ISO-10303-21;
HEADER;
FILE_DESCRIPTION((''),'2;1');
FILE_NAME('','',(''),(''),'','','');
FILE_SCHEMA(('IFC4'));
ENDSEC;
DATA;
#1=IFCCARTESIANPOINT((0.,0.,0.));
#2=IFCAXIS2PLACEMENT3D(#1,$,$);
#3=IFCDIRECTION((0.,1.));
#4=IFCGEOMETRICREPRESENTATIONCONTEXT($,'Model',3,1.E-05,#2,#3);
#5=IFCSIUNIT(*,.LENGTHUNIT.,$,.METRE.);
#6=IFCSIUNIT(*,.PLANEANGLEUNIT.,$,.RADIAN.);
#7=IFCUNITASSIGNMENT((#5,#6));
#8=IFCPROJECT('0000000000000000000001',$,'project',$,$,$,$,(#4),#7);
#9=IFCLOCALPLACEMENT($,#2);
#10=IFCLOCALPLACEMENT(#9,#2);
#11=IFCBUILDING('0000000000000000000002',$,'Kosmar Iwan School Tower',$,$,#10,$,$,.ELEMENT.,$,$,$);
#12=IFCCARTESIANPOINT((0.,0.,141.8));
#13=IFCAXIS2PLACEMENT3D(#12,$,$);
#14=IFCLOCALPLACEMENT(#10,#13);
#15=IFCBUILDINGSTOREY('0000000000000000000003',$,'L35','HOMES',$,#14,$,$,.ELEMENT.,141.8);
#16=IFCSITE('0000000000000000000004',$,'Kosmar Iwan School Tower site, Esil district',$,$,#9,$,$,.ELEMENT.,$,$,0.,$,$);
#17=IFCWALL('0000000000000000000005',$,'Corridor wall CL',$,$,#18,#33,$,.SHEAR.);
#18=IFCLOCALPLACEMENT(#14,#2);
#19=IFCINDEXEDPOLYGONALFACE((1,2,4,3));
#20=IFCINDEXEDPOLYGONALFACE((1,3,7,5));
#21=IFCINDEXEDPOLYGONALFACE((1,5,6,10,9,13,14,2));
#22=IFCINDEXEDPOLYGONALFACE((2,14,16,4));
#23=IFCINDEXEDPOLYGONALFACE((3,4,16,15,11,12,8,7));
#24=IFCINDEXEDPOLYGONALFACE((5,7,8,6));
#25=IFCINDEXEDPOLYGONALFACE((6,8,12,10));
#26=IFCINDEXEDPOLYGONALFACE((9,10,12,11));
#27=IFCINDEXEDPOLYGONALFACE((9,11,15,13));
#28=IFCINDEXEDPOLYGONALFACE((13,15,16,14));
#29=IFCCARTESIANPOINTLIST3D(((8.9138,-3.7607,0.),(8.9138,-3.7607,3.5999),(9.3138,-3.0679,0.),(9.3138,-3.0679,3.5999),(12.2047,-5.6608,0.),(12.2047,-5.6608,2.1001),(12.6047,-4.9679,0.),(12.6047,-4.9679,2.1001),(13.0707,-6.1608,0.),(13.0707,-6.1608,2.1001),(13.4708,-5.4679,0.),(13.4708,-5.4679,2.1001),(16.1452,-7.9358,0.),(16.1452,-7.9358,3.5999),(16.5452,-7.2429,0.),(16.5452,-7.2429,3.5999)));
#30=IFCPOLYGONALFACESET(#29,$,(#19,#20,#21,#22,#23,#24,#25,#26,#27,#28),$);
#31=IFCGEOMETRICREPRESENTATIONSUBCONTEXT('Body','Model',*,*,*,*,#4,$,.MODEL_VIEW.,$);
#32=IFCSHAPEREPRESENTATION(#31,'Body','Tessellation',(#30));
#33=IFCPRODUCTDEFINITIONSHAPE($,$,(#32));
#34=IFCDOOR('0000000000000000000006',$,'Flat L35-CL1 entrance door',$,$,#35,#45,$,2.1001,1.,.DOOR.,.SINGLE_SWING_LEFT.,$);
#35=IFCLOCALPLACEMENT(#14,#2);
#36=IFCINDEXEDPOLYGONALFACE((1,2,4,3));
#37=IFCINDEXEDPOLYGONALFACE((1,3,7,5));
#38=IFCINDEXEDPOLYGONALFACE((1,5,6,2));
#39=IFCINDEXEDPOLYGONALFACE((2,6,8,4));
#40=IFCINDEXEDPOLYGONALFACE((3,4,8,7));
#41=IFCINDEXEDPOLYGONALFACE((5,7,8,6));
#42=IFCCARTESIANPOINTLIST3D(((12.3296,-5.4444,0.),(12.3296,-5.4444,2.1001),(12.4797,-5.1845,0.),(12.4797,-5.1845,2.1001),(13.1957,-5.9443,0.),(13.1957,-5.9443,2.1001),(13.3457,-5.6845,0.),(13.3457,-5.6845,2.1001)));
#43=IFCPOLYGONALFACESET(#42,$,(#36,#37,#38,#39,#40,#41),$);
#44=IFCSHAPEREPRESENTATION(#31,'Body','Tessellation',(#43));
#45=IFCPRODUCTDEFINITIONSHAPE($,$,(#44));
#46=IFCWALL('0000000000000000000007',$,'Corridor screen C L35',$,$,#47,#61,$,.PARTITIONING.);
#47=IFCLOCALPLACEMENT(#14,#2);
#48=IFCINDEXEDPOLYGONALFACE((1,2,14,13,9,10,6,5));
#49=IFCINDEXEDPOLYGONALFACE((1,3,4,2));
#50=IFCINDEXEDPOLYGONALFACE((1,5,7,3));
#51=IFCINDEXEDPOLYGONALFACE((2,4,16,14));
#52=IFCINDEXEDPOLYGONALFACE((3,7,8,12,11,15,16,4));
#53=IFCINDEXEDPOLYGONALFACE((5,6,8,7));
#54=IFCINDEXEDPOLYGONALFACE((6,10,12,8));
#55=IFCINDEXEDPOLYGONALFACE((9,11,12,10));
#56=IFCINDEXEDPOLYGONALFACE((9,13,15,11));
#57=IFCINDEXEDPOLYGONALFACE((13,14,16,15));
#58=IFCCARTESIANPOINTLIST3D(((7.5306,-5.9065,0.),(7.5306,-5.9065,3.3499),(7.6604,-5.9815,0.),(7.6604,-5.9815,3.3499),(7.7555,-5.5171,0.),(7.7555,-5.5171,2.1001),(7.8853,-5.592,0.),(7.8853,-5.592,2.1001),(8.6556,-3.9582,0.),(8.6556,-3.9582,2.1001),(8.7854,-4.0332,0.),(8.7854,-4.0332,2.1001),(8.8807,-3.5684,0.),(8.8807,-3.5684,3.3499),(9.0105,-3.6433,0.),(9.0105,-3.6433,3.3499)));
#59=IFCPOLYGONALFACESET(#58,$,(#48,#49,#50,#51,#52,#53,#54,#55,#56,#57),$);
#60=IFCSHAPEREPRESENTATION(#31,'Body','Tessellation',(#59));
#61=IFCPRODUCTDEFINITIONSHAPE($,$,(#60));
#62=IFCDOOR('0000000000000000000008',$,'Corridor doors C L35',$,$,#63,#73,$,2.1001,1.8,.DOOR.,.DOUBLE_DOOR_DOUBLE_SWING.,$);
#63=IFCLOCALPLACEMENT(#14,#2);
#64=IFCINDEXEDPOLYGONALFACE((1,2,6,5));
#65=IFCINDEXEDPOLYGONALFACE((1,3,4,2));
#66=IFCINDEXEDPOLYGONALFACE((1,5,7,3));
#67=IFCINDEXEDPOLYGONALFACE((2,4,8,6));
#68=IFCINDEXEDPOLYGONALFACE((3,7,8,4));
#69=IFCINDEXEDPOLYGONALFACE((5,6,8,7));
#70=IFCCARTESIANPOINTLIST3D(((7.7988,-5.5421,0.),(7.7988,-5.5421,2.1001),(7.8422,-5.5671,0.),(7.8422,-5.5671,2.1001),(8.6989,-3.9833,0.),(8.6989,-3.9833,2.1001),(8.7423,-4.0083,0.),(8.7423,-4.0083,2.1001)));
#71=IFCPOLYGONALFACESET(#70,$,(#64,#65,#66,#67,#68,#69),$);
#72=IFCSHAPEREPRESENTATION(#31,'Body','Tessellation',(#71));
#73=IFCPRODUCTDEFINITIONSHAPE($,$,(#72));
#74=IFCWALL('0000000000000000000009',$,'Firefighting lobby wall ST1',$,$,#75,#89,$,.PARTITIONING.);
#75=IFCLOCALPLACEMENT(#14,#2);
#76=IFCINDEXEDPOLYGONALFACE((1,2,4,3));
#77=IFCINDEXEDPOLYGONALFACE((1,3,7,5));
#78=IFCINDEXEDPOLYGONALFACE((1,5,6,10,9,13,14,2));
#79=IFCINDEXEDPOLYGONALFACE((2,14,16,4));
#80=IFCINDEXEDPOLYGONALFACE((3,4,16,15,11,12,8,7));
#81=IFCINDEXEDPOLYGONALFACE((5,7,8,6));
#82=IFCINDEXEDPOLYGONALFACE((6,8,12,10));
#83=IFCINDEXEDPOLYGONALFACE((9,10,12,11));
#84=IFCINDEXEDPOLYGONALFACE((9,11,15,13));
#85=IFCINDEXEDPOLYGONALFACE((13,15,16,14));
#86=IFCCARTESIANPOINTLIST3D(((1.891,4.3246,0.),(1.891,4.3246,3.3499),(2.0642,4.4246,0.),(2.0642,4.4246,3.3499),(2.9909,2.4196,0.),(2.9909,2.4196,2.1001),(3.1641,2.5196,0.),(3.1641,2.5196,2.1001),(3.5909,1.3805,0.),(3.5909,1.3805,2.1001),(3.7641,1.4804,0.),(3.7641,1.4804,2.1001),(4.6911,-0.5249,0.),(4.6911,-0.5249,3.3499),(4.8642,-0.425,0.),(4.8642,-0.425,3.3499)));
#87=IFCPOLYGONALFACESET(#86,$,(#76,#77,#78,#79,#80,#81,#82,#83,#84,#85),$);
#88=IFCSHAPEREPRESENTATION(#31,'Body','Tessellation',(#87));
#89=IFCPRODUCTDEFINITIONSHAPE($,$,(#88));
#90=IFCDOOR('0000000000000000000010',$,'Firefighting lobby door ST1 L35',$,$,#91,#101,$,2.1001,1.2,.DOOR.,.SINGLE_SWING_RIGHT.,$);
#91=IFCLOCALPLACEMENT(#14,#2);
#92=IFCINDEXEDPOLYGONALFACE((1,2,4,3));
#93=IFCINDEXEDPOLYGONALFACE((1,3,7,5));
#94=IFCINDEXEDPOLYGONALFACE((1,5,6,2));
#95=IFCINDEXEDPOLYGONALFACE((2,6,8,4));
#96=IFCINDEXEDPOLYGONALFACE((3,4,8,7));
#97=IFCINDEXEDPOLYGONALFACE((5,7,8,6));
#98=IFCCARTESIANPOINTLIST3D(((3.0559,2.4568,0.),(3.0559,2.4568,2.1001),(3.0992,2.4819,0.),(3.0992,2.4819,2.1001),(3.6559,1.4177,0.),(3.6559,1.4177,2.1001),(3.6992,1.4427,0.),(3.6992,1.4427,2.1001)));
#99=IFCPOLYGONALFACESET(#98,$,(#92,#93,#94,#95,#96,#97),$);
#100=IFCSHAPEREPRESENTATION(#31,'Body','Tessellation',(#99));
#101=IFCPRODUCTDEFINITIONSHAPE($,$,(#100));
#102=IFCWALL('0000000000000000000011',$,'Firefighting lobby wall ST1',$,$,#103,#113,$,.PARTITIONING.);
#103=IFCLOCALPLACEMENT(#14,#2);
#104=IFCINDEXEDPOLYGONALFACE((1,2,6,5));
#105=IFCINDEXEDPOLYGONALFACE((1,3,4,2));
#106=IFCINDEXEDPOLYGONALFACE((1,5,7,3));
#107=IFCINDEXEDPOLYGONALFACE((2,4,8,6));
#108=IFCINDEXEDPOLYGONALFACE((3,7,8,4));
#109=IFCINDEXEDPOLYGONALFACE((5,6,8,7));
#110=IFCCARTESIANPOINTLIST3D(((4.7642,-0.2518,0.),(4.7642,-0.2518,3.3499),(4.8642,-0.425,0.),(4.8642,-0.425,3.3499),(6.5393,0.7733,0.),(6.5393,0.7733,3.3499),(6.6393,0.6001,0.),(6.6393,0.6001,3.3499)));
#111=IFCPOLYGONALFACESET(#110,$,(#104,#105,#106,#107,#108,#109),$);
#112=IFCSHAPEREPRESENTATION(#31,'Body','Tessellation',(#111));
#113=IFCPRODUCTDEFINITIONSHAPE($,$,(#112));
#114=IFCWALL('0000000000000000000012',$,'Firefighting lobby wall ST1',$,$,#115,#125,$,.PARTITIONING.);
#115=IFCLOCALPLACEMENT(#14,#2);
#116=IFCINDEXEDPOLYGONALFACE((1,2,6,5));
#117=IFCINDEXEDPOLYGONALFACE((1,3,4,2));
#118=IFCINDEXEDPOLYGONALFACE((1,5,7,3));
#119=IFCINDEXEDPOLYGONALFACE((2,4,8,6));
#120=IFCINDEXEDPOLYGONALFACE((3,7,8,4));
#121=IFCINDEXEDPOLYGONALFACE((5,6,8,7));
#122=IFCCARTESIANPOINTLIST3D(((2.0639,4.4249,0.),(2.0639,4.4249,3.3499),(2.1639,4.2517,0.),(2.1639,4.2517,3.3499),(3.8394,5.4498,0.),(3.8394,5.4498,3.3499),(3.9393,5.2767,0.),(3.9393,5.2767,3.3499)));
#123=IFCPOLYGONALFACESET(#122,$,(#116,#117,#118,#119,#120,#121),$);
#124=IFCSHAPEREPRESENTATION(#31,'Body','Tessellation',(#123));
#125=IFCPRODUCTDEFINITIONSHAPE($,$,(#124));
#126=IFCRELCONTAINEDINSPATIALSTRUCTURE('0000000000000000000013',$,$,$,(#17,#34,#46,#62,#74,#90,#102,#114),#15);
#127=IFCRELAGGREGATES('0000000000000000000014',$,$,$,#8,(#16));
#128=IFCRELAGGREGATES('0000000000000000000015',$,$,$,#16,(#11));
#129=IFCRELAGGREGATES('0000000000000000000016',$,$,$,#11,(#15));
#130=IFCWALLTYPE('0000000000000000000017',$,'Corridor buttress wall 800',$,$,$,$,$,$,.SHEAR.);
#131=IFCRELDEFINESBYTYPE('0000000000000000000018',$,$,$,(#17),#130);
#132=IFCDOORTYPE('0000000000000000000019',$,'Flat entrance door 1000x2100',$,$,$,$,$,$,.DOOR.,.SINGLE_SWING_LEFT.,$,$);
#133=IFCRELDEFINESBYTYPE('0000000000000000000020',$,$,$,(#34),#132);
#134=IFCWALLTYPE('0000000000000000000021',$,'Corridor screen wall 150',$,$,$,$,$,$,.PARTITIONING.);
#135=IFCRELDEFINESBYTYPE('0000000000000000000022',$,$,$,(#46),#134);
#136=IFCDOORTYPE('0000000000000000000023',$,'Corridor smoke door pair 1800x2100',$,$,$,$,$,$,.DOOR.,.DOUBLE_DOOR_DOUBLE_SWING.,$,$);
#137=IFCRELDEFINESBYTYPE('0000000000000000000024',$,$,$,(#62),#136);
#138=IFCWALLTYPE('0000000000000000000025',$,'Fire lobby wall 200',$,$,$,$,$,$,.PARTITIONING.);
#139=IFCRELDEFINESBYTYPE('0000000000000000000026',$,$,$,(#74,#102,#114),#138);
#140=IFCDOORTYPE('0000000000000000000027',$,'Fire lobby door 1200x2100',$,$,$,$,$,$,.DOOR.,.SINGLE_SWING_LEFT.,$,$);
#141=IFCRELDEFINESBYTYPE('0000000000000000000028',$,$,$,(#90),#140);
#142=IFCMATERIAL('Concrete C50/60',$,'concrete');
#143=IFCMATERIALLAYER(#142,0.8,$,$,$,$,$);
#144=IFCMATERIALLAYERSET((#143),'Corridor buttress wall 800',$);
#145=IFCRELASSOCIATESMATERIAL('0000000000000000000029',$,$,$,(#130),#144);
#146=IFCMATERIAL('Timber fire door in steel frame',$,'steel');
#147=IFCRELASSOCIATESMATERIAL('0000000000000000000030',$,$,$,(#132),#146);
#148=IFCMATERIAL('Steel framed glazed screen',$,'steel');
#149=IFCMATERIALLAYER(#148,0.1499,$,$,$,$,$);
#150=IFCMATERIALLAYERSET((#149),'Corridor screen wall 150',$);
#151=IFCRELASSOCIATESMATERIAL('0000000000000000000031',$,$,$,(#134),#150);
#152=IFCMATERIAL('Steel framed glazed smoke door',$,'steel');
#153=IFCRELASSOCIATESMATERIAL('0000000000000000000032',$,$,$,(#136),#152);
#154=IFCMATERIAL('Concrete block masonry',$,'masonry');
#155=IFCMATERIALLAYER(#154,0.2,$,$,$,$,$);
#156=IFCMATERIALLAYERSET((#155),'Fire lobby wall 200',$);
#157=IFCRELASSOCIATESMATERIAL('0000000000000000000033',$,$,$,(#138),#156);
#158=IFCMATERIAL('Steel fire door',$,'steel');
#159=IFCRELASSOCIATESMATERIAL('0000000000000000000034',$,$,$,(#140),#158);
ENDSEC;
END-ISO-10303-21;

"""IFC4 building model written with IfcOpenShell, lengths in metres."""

from ifc_helpers import new_model, si_unit, direction, frame, frame_2d, origin, place, context, subcontext, project, spatial, rectangle, extrude, material, layer, layer_set, type_object, element, fill, save


model = new_model("IFC4")

# Units and contexts
model_context = context("Model", 3, precision=1e-05, world=origin(), true_north=direction((0.0, 1.0)))
body_context = subcontext(model_context, "Body", "Model", "MODEL_VIEW")
ifc_project = project(units=[si_unit("LENGTHUNIT", "METRE"), si_unit("PLANEANGLEUNIT", "RADIAN")], contexts=[model_context])

# Site, building, storey
site_placement = place(None, origin())
site = spatial("IfcSite", under=ifc_project, at=site_placement, Name="Kosmar Iwan School Tower site, Esil district", CompositionType="ELEMENT", RefElevation=0.0)
building_placement = place(site_placement, origin())
building = spatial("IfcBuilding", under=site, at=building_placement, Name="Kosmar Iwan School Tower", CompositionType="ELEMENT")
storey_placement = place(building_placement, frame((0.0, 0.0, 141.8)))
storey = spatial("IfcBuildingStorey", under=building, at=storey_placement, Name="L35", Description="HOMES", CompositionType="ELEMENT", Elevation=141.8)

# Walls, openings, doors
ifc_material_1 = material(Name="Concrete C50/60", Category="concrete")
ifc_layer_1 = layer(ifc_material_1, 0.8)
ifc_layer_set_1 = layer_set([ifc_layer_1], Name="Corridor buttress wall 800")
wall_type_1 = type_object("IfcWallType", Name="Corridor buttress wall 800", PredefinedType="SHEAR", material=ifc_layer_set_1)
wall_1_placement = place(storey_placement, frame((9.1138, -3.4143, 0.0), z_axis=(0.0, 0.0, 1.0), x_axis=(0.866027, -0.499997, 0.0)))
wall_1 = element("IfcWall", 1, at=wall_1_placement, inside=storey, type_object=wall_type_1, Name="Corridor wall CL", PredefinedType="SHEAR", context=body_context, shape_type="SweptSolid", body=[
    extrude(rectangle(XDim=8.3501, YDim=0.8, at=frame_2d((4.175, 0.0))), origin(), (0.0, 0.0, 1.0), 3.5999),
])
opening_1_placement = place(wall_1_placement, frame((3.8, 0.0, 0.0)))
opening_1 = element("IfcOpeningElement", 2, at=opening_1_placement, cuts=wall_1, PredefinedType="OPENING", context=body_context, shape_type="SweptSolid", body=[
    extrude(rectangle(XDim=1.0, YDim=2.1001, at=frame_2d((0.5, 1.05))), frame((0.0, 0.4121, 0.0), z_axis=(0.0, -1.0, 0.0), x_axis=(1.0, 0.0, 0.0)), (0.0, 0.0, 1.0), 0.824),
])
ifc_material_2 = material(Name="Timber fire door in steel frame", Category="steel")
door_type_1 = type_object("IfcDoorType", Name="Flat entrance door 1000x2100", OperationType="SINGLE_SWING_LEFT", PredefinedType="DOOR", material=ifc_material_2)
door_1_placement = place(opening_1_placement, origin())
door_1 = element("IfcDoor", 3, at=door_1_placement, inside=storey, type_object=door_type_1, Name="Flat L35-CL1 entrance door", OperationType="SINGLE_SWING_LEFT", OverallHeight=2.1001, OverallWidth=1.0, PredefinedType="DOOR", context=body_context, shape_type="SweptSolid", body=[
    extrude(rectangle(XDim=1.0, YDim=2.1001, at=frame_2d((0.5, 1.05))), frame((0.0, 0.1499, 0.0), z_axis=(0.0, -1.0, 0.0), x_axis=(1.0, 0.0, 0.0)), (0.0, 0.0, 1.0), 0.3),
])
fill(opening_1, door_1)
ifc_material_3 = material(Name="Steel framed glazed screen", Category="steel")
ifc_layer_2 = layer(ifc_material_3, 0.1499)
ifc_layer_set_2 = layer_set([ifc_layer_2], Name="Corridor screen wall 150")
wall_type_2 = type_object("IfcWallType", Name="Corridor screen wall 150", PredefinedType="PARTITIONING", material=ifc_layer_set_2)
wall_2_placement = place(storey_placement, frame((7.5955, -5.9441, 0.0), z_axis=(0.0, 0.0, 1.0), x_axis=(0.500049, 0.865997, 0.0)))
wall_2 = element("IfcWall", 4, at=wall_2_placement, inside=storey, type_object=wall_type_2, Name="Corridor screen C L35", PredefinedType="PARTITIONING", context=body_context, shape_type="SweptSolid", body=[
    extrude(rectangle(XDim=2.7, YDim=0.1499, at=frame_2d((1.3501, 0.0))), origin(), (0.0, 0.0, 1.0), 3.3499),
])
opening_2_placement = place(wall_2_placement, frame((0.45, 0.0, 0.0)))
opening_2 = element("IfcOpeningElement", 5, at=opening_2_placement, cuts=wall_2, PredefinedType="OPENING", context=body_context, shape_type="SweptSolid", body=[
    extrude(rectangle(XDim=1.8, YDim=2.1001, at=frame_2d((0.8999, 1.05))), frame((0.0, 0.0869, 0.0), z_axis=(0.0, -1.0, 0.0), x_axis=(1.0, 0.0, 0.0)), (0.0, 0.0, 1.0), 0.1738),
])
ifc_material_4 = material(Name="Steel framed glazed smoke door", Category="steel")
door_type_2 = type_object("IfcDoorType", Name="Corridor smoke door pair 1800x2100", OperationType="DOUBLE_DOOR_DOUBLE_SWING", PredefinedType="DOOR", material=ifc_material_4)
door_2_placement = place(opening_2_placement, origin())
door_2 = element("IfcDoor", 6, at=door_2_placement, inside=storey, type_object=door_type_2, Name="Corridor doors C L35", OperationType="DOUBLE_DOOR_DOUBLE_SWING", OverallHeight=2.1001, OverallWidth=1.8, PredefinedType="DOOR", context=body_context, shape_type="SweptSolid", body=[
    extrude(rectangle(XDim=1.8, YDim=2.1001, at=frame_2d((0.8999, 1.05))), frame((0.0, 0.0249, 0.0), z_axis=(0.0, -1.0, 0.0), x_axis=(1.0, 0.0, 0.0)), (0.0, 0.0, 1.0), 0.05),
])
fill(opening_2, door_2)
ifc_material_5 = material(Name="Concrete block masonry", Category="masonry")
ifc_layer_3 = layer(ifc_material_5, 0.2)
ifc_layer_set_3 = layer_set([ifc_layer_3], Name="Fire lobby wall 200")
wall_type_3 = type_object("IfcWallType", Name="Fire lobby wall 200", PredefinedType="PARTITIONING", material=ifc_layer_set_3)
wall_3_placement = place(storey_placement, frame((4.7776, -0.4749, 0.0), z_axis=(0.0, 0.0, 1.0), x_axis=(-0.500017, 0.866016, 0.0)))
wall_3 = element("IfcWall", 7, at=wall_3_placement, inside=storey, type_object=wall_type_3, Name="Firefighting lobby wall ST1", PredefinedType="PARTITIONING", context=body_context, shape_type="SweptSolid", body=[
    extrude(rectangle(XDim=5.5999, YDim=0.2, at=frame_2d((2.7998, 0.0))), origin(), (0.0, 0.0, 1.0), 3.3499),
])
opening_3_placement = place(wall_3_placement, frame((2.2, 0.0, 0.0)))
opening_3 = element("IfcOpeningElement", 8, at=opening_3_placement, cuts=wall_3, PredefinedType="OPENING", context=body_context, shape_type="SweptSolid", body=[
    extrude(rectangle(XDim=1.2, YDim=2.1001, at=frame_2d((0.6001, 1.05))), frame((0.0, 0.1121, 0.0), z_axis=(0.0, -1.0, 0.0), x_axis=(1.0, 0.0, 0.0)), (0.0, 0.0, 1.0), 0.2239),
])
ifc_material_6 = material(Name="Steel fire door", Category="steel")
door_type_3 = type_object("IfcDoorType", Name="Fire lobby door 1200x2100", OperationType="SINGLE_SWING_LEFT", PredefinedType="DOOR", material=ifc_material_6)
door_3_placement = place(opening_3_placement, frame((1.2, 0.0, 0.0), z_axis=(0.0, 0.0, 1.0), x_axis=(-1.0, 0.0, 0.0)))
door_3 = element("IfcDoor", 9, at=door_3_placement, inside=storey, type_object=door_type_3, Name="Firefighting lobby door ST1 L35", OperationType="SINGLE_SWING_RIGHT", OverallHeight=2.1001, OverallWidth=1.2, PredefinedType="DOOR", context=body_context, shape_type="SweptSolid", body=[
    extrude(rectangle(XDim=1.2, YDim=2.1001, at=frame_2d((0.6001, 1.05))), frame((0.0, 0.0249, 0.0), z_axis=(0.0, -1.0, 0.0), x_axis=(1.0, 0.0, 0.0)), (0.0, 0.0, 1.0), 0.05),
])
fill(opening_3, door_3)

# Walls
wall_4_placement = place(storey_placement, frame((4.8142, -0.3384, 0.0), z_axis=(0.0, 0.0, 1.0), x_axis=(0.865969, 0.500097, 0.0)))
element("IfcWall", 10, at=wall_4_placement, inside=storey, type_object=wall_type_3, Name="Firefighting lobby wall ST1", PredefinedType="PARTITIONING", context=body_context, shape_type="SweptSolid", body=[
    extrude(rectangle(XDim=2.0498, YDim=0.2, at=frame_2d((1.0249, 0.0))), origin(), (0.0, 0.0, 1.0), 3.3499),
])
wall_5_placement = place(storey_placement, frame((2.114, 4.3384, 0.0), z_axis=(0.0, 0.0, 1.0), x_axis=(0.866051, 0.499956, 0.0)))
element("IfcWall", 11, at=wall_5_placement, inside=storey, type_object=wall_type_3, Name="Firefighting lobby wall ST1", PredefinedType="PARTITIONING", context=body_context, shape_type="SweptSolid", body=[
    extrude(rectangle(XDim=2.05, YDim=0.2, at=frame_2d((1.0249, 0.0))), origin(), (0.0, 0.0, 1.0), 3.3499),
])

save(model, "model.ifc")
